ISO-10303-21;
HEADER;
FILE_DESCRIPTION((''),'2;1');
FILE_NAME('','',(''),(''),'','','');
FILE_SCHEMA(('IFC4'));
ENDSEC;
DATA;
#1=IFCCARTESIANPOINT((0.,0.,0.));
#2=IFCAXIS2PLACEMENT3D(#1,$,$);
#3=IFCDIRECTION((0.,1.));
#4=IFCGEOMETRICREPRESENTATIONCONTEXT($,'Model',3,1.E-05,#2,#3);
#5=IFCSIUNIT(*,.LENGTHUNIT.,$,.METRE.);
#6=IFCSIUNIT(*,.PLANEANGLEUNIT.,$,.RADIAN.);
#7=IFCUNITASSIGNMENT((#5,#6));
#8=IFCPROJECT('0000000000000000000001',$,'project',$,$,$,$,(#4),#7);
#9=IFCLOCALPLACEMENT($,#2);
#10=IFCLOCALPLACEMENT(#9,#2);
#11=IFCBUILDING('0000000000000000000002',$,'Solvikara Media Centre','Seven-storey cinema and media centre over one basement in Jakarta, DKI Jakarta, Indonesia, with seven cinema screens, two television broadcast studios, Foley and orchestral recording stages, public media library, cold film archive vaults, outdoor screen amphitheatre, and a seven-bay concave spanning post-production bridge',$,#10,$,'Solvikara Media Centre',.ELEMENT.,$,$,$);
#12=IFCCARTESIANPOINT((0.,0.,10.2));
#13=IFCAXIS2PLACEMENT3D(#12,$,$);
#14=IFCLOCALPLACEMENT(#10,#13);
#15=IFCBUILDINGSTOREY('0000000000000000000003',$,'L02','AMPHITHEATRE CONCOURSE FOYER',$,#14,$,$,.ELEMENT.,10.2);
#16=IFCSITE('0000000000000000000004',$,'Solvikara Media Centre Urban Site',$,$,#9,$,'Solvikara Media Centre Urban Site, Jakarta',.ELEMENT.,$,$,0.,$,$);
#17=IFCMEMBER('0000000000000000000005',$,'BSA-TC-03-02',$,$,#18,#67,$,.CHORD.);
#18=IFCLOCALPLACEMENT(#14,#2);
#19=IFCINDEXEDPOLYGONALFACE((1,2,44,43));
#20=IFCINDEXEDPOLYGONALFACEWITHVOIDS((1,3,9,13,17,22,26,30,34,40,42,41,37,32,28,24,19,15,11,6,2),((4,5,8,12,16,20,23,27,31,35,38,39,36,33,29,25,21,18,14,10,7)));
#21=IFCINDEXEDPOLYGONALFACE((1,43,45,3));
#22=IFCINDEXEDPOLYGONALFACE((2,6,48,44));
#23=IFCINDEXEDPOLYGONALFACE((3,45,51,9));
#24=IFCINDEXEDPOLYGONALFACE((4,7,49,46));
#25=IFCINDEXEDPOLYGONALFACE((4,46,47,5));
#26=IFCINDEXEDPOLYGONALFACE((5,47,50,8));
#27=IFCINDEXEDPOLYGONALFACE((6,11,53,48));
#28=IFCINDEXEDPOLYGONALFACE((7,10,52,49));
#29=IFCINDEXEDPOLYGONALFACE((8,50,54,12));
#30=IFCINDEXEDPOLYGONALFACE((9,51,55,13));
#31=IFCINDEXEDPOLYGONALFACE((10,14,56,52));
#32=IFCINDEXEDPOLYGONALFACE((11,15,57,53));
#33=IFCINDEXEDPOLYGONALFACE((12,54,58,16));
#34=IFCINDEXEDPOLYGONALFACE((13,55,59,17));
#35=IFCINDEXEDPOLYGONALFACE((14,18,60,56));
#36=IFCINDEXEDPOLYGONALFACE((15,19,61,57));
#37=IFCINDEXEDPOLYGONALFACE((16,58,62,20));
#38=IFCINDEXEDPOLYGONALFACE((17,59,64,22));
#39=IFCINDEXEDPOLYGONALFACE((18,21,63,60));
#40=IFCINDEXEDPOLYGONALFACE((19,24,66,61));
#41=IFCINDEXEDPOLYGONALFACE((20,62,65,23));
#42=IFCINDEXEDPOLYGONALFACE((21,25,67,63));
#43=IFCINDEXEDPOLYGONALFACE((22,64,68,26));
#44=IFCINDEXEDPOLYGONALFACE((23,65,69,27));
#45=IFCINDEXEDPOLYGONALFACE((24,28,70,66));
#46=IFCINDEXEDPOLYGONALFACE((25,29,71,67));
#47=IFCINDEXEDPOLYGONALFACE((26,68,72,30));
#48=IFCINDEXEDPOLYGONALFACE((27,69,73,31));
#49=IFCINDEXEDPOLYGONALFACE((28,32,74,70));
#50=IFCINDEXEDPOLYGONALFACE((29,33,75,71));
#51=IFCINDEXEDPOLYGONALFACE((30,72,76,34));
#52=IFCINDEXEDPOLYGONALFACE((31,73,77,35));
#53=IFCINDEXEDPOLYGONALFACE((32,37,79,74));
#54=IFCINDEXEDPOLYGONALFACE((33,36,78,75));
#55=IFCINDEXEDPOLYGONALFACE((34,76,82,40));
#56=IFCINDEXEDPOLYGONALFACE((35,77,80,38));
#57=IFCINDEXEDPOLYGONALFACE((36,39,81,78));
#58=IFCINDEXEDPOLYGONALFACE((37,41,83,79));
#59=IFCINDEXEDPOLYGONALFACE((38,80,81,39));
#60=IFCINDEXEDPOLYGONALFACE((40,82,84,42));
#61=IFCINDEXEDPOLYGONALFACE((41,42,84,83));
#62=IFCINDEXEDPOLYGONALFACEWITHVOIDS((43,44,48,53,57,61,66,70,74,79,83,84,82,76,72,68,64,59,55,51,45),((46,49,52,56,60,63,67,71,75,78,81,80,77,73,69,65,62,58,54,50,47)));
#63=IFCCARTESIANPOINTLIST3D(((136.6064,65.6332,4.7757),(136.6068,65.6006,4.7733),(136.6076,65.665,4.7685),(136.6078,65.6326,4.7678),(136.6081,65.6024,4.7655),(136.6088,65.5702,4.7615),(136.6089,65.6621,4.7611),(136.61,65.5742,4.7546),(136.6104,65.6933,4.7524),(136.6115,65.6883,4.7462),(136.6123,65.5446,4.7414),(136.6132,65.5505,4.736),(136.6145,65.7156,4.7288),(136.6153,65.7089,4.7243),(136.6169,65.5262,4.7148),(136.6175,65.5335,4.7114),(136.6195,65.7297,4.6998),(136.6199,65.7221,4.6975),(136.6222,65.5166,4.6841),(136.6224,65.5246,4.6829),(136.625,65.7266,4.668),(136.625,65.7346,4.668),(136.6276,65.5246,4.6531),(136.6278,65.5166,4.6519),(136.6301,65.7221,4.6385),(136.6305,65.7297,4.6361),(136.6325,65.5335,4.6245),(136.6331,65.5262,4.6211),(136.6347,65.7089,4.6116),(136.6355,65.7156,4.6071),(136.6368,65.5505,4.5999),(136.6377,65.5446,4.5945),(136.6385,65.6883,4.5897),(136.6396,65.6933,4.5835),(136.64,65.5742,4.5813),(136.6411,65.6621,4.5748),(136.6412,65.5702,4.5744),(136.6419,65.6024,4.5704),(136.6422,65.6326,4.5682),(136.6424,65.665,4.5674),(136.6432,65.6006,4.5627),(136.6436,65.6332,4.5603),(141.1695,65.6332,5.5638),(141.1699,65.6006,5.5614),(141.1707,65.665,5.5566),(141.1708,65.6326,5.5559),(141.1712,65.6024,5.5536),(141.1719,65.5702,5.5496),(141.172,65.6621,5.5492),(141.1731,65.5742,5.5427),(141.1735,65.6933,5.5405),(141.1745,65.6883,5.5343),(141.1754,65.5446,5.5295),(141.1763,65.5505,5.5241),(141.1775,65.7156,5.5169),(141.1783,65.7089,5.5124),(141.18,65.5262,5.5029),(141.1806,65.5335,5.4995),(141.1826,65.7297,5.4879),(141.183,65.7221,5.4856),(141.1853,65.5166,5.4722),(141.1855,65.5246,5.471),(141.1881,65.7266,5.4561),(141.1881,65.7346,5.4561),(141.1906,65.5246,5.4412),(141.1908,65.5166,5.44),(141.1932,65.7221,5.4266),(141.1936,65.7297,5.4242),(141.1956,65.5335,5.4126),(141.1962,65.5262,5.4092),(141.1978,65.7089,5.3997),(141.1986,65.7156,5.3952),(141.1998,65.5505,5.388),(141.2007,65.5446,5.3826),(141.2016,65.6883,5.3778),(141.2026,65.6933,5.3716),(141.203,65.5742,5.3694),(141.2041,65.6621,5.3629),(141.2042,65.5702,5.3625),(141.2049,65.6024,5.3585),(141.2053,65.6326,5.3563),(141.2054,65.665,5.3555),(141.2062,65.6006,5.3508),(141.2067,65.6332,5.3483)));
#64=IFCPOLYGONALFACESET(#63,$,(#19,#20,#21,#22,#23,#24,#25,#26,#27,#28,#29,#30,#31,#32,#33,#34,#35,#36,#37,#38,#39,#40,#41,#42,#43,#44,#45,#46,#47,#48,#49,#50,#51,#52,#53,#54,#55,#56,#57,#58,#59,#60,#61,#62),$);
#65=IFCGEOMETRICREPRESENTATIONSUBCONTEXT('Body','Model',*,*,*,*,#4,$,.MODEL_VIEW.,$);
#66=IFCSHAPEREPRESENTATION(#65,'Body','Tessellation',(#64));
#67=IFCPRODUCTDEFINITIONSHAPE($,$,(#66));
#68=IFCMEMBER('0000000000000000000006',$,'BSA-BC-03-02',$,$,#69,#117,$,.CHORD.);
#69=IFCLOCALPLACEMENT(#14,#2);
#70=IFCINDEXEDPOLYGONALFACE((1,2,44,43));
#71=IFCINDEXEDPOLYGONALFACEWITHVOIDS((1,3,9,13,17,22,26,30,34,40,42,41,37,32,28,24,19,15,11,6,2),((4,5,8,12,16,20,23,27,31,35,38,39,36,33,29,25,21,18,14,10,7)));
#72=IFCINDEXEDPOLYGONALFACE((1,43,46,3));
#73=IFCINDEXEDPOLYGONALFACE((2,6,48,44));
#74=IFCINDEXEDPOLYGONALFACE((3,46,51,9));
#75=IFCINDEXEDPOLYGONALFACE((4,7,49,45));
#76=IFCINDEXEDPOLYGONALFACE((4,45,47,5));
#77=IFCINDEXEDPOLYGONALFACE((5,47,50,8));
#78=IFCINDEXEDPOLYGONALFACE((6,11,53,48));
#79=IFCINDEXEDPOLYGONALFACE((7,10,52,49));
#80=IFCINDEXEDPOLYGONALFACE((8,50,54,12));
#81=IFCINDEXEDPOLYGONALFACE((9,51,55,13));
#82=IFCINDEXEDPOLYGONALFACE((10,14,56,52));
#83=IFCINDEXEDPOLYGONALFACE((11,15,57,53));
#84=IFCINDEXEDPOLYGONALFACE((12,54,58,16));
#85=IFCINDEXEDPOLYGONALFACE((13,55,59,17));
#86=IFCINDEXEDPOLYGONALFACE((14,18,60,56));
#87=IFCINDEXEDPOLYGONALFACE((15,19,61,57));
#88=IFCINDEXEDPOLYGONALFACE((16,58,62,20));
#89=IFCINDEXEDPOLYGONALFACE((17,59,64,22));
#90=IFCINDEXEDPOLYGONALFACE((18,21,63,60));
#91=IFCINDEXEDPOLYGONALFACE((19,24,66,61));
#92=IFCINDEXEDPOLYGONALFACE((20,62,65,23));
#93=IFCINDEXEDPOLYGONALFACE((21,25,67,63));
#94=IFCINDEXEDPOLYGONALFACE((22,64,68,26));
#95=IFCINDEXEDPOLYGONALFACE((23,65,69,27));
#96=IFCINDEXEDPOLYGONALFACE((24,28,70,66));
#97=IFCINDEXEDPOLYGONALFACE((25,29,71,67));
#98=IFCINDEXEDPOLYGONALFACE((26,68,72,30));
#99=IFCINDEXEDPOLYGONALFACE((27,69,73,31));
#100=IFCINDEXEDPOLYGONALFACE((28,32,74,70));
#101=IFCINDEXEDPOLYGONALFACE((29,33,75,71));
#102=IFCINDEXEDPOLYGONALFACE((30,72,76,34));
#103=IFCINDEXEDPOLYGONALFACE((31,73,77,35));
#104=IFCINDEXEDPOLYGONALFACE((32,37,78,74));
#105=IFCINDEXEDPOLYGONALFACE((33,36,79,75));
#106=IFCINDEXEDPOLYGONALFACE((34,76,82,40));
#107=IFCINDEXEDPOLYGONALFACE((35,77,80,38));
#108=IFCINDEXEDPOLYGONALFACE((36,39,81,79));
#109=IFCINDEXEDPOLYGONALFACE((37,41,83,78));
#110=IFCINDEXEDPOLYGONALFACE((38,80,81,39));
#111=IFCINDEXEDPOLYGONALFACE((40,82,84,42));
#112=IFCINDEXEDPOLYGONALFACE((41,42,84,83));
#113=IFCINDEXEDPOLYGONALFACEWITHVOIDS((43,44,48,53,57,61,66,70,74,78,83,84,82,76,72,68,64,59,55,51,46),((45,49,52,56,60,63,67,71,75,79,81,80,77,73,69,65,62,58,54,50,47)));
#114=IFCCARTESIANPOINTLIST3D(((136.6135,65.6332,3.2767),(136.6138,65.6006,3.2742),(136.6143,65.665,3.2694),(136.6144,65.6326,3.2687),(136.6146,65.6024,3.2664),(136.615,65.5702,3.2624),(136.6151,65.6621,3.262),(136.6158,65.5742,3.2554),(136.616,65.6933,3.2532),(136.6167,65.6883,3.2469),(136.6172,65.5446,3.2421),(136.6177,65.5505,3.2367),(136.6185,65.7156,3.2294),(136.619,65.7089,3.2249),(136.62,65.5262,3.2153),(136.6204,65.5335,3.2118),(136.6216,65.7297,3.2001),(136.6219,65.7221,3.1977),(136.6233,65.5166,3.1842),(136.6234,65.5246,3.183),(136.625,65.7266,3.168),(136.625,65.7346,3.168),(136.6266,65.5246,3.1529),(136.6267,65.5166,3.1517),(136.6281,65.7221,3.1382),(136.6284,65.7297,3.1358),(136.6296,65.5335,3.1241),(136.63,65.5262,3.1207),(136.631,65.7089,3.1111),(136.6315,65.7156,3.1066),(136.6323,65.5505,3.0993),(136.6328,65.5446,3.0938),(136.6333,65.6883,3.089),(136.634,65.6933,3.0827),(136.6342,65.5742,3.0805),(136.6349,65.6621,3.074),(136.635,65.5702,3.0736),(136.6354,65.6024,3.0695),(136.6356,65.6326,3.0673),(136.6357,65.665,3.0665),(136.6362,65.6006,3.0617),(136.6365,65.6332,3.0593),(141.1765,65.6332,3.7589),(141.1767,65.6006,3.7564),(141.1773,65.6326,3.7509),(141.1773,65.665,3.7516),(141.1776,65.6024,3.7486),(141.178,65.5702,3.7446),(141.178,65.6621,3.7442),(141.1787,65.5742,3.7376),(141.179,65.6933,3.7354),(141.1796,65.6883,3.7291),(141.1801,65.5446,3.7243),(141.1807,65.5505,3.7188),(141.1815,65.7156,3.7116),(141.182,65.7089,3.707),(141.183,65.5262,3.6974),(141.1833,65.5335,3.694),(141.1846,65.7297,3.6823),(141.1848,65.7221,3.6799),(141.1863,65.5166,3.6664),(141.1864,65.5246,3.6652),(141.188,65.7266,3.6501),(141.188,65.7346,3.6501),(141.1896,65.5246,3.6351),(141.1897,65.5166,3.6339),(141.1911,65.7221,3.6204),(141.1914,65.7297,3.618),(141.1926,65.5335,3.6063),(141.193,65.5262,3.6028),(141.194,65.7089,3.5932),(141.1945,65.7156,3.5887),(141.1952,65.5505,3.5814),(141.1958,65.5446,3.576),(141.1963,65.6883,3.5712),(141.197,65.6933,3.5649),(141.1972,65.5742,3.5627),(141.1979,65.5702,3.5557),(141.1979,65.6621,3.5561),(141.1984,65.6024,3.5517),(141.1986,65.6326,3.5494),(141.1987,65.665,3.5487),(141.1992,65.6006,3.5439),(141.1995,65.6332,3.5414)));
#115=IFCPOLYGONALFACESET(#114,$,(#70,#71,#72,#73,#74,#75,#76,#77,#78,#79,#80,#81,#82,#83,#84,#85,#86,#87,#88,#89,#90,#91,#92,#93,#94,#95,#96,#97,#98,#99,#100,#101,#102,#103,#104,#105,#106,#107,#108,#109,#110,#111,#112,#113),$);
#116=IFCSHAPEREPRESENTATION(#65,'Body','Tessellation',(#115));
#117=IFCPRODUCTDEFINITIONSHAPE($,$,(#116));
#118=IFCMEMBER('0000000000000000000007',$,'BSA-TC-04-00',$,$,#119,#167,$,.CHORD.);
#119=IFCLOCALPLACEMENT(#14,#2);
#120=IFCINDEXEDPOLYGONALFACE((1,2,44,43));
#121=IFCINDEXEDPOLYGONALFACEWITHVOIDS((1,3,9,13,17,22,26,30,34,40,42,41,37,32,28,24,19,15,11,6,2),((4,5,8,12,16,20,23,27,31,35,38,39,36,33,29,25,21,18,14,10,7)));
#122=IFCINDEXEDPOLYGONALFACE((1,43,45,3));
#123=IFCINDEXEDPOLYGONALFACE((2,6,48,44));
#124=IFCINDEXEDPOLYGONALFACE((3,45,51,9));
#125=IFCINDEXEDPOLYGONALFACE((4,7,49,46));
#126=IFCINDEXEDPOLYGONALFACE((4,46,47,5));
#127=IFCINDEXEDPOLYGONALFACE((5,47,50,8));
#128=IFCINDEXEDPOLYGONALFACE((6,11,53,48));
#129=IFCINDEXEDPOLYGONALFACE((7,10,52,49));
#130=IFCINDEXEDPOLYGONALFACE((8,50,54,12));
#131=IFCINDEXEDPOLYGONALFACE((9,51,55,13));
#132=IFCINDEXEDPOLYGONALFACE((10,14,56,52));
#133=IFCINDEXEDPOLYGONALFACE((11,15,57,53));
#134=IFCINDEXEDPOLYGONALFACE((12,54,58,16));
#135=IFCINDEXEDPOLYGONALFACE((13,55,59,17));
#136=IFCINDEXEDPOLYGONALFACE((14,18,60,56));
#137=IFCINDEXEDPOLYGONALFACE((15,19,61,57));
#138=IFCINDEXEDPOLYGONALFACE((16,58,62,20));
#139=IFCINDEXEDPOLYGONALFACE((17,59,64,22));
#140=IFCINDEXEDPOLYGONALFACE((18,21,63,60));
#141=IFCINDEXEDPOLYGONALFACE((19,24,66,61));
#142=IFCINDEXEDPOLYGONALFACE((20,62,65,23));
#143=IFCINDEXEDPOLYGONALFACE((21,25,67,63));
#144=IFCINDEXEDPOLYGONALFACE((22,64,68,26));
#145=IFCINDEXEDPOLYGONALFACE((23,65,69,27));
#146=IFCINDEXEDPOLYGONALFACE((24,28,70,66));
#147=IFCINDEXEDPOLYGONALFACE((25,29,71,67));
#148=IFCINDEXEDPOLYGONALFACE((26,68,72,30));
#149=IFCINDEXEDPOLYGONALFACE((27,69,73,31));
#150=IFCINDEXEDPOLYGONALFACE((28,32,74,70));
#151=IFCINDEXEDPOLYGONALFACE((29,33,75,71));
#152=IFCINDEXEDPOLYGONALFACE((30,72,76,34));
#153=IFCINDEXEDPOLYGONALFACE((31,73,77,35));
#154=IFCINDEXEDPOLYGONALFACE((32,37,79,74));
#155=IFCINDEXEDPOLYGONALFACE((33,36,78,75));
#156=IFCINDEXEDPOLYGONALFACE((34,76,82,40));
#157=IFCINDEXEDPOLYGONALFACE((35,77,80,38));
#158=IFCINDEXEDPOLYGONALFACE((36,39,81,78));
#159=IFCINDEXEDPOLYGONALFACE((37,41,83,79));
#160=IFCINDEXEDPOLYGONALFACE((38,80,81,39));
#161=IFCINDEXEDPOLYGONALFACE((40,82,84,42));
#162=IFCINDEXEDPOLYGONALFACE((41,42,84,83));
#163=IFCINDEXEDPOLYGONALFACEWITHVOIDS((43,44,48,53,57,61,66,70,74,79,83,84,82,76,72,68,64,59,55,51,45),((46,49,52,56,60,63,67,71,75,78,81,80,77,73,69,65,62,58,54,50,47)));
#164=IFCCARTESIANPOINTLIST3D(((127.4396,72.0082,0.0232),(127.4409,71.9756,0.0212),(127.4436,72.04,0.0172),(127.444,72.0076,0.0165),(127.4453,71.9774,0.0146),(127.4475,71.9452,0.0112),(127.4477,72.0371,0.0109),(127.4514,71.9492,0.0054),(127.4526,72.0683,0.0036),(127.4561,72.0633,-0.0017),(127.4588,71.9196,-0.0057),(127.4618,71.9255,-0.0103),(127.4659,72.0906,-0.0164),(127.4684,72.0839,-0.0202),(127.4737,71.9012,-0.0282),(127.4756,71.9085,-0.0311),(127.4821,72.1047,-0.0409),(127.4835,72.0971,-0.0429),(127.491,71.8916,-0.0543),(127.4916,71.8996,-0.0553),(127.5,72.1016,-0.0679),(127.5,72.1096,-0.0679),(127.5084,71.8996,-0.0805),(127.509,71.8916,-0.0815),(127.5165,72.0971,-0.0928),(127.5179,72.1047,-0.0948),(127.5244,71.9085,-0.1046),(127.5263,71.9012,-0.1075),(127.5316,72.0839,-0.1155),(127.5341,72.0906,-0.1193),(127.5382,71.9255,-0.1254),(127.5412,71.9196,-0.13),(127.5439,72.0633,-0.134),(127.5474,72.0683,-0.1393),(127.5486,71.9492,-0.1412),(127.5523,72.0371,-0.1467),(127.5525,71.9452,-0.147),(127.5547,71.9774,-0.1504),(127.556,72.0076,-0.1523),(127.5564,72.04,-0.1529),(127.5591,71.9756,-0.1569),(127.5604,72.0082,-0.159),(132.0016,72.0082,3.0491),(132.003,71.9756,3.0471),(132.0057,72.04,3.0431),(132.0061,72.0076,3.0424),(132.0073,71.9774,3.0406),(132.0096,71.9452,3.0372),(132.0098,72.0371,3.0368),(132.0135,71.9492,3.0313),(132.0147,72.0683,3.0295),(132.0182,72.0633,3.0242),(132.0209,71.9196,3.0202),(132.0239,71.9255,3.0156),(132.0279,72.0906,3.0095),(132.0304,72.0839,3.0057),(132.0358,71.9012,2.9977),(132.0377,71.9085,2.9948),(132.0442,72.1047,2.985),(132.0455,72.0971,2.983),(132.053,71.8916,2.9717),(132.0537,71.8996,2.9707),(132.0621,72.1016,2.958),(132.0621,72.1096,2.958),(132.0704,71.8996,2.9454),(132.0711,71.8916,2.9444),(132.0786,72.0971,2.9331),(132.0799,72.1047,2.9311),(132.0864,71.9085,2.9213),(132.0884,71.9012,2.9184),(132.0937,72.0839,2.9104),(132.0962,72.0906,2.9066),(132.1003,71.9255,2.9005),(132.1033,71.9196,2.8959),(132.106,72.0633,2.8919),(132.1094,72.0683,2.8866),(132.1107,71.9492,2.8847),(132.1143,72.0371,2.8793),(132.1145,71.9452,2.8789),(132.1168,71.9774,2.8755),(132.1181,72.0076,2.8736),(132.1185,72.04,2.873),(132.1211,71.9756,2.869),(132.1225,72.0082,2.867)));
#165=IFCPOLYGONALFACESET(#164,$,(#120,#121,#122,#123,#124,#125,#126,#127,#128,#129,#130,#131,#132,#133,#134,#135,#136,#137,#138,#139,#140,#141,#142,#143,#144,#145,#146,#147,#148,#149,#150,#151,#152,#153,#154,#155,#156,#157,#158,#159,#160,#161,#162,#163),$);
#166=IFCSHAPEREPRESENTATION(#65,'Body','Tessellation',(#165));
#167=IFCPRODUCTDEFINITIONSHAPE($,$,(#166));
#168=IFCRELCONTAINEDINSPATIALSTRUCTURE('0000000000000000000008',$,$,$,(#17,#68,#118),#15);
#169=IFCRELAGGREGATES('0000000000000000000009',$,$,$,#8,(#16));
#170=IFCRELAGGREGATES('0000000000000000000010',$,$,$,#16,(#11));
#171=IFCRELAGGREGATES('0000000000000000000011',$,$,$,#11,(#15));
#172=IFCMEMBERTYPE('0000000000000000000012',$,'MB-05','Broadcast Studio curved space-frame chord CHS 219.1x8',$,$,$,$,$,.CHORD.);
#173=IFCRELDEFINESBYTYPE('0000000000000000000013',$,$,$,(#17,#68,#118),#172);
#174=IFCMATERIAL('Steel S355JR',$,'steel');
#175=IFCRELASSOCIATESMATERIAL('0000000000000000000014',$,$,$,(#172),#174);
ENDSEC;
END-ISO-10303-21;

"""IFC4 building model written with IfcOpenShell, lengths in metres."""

from ifc_helpers import new_model, si_unit, direction, frame, origin, origin_2d, place, context, subcontext, project, spatial, hollow_circle, extrude, material, material_profile, profile_set, type_object, element, save


model = new_model("IFC4")

# Units and contexts
model_context = context("Model", 3, precision=1e-05, world=origin(), true_north=direction((0.0, 1.0)))
body_context = subcontext(model_context, "Body", "Model", "MODEL_VIEW")
ifc_project = project(units=[si_unit("LENGTHUNIT", "METRE"), si_unit("PLANEANGLEUNIT", "RADIAN")], contexts=[model_context])

# Site, building, storey
site_placement = place(None, origin())
site = spatial("IfcSite", under=ifc_project, at=site_placement, Name="Solvikara Media Centre Urban Site", LongName="Solvikara Media Centre Urban Site, Jakarta", CompositionType="ELEMENT", RefElevation=0.0)
building_placement = place(site_placement, origin())
building = spatial("IfcBuilding", under=site, at=building_placement, Name="Solvikara Media Centre", Description="Seven-storey cinema and media centre over one basement in Jakarta, DKI Jakarta, Indonesia, with seven cinema screens, two television broadcast studios, Foley and orchestral recording stages, public media library, cold film archive vaults, outdoor screen amphitheatre, and a seven-bay concave spanning post-production bridge", LongName="Solvikara Media Centre", CompositionType="ELEMENT")
storey_placement = place(building_placement, frame((0.0, 0.0, 10.2)))
storey = spatial("IfcBuildingStorey", under=building, at=storey_placement, Name="L02", Description="AMPHITHEATRE CONCOURSE FOYER", CompositionType="ELEMENT", Elevation=10.2)

# Shared definitions
ifc_material_1 = material(Name="Steel S355JR", Category="steel")

# Members
ifc_material_profile_1 = material_profile(ifc_material_1, hollow_circle(Radius=0.1096, WallThickness=0.0081, at=origin_2d()), Name="CHS 219.1x8")
ifc_profile_set_1 = profile_set([ifc_material_profile_1], Name="Steel S355JR")
member_type_1 = type_object("IfcMemberType", Name="MB-05", Description="Broadcast Studio curved space-frame chord CHS 219.1x8", PredefinedType="CHORD", material=ifc_profile_set_1)
member_1_placement = place(storey_placement, frame((136.625, 65.625, 4.668), z_axis=(0.985411, 0.0, 0.170193), x_axis=(0.0, 1.0, 0.0)))
element("IfcMember", 1, at=member_1_placement, inside=storey, type_object=member_type_1, Name="BSA-TC-03-02", PredefinedType="CHORD", context=body_context, shape_type="SweptSolid", body=[
    extrude(hollow_circle(Radius=0.1096, WallThickness=0.0081, at=origin_2d()), origin(), (0.0, 0.0, 1.0), 4.6306),
])
member_2_placement = place(storey_placement, frame((136.625, 65.625, 3.168), z_axis=(0.994463, 0.0, 0.105086), x_axis=(0.0, 1.0, 0.0)))
element("IfcMember", 2, at=member_2_placement, inside=storey, type_object=member_type_1, Name="BSA-BC-03-02", PredefinedType="CHORD", context=body_context, shape_type="SweptSolid", body=[
    extrude(hollow_circle(Radius=0.1096, WallThickness=0.0081, at=origin_2d()), origin(), (0.0, 0.0, 1.0), 4.5884),
])
member_3_placement = place(storey_placement, frame((127.5, 72.0, -0.0679), z_axis=(0.833352, 0.0, 0.552743), x_axis=(0.0, 1.0, 0.0)))
element("IfcMember", 3, at=member_3_placement, inside=storey, type_object=member_type_1, Name="BSA-TC-04-00", PredefinedType="CHORD", context=body_context, shape_type="SweptSolid", body=[
    extrude(hollow_circle(Radius=0.1096, WallThickness=0.0081, at=origin_2d()), origin(), (0.0, 0.0, 1.0), 5.4744),
])

save(model, "model.ifc")
